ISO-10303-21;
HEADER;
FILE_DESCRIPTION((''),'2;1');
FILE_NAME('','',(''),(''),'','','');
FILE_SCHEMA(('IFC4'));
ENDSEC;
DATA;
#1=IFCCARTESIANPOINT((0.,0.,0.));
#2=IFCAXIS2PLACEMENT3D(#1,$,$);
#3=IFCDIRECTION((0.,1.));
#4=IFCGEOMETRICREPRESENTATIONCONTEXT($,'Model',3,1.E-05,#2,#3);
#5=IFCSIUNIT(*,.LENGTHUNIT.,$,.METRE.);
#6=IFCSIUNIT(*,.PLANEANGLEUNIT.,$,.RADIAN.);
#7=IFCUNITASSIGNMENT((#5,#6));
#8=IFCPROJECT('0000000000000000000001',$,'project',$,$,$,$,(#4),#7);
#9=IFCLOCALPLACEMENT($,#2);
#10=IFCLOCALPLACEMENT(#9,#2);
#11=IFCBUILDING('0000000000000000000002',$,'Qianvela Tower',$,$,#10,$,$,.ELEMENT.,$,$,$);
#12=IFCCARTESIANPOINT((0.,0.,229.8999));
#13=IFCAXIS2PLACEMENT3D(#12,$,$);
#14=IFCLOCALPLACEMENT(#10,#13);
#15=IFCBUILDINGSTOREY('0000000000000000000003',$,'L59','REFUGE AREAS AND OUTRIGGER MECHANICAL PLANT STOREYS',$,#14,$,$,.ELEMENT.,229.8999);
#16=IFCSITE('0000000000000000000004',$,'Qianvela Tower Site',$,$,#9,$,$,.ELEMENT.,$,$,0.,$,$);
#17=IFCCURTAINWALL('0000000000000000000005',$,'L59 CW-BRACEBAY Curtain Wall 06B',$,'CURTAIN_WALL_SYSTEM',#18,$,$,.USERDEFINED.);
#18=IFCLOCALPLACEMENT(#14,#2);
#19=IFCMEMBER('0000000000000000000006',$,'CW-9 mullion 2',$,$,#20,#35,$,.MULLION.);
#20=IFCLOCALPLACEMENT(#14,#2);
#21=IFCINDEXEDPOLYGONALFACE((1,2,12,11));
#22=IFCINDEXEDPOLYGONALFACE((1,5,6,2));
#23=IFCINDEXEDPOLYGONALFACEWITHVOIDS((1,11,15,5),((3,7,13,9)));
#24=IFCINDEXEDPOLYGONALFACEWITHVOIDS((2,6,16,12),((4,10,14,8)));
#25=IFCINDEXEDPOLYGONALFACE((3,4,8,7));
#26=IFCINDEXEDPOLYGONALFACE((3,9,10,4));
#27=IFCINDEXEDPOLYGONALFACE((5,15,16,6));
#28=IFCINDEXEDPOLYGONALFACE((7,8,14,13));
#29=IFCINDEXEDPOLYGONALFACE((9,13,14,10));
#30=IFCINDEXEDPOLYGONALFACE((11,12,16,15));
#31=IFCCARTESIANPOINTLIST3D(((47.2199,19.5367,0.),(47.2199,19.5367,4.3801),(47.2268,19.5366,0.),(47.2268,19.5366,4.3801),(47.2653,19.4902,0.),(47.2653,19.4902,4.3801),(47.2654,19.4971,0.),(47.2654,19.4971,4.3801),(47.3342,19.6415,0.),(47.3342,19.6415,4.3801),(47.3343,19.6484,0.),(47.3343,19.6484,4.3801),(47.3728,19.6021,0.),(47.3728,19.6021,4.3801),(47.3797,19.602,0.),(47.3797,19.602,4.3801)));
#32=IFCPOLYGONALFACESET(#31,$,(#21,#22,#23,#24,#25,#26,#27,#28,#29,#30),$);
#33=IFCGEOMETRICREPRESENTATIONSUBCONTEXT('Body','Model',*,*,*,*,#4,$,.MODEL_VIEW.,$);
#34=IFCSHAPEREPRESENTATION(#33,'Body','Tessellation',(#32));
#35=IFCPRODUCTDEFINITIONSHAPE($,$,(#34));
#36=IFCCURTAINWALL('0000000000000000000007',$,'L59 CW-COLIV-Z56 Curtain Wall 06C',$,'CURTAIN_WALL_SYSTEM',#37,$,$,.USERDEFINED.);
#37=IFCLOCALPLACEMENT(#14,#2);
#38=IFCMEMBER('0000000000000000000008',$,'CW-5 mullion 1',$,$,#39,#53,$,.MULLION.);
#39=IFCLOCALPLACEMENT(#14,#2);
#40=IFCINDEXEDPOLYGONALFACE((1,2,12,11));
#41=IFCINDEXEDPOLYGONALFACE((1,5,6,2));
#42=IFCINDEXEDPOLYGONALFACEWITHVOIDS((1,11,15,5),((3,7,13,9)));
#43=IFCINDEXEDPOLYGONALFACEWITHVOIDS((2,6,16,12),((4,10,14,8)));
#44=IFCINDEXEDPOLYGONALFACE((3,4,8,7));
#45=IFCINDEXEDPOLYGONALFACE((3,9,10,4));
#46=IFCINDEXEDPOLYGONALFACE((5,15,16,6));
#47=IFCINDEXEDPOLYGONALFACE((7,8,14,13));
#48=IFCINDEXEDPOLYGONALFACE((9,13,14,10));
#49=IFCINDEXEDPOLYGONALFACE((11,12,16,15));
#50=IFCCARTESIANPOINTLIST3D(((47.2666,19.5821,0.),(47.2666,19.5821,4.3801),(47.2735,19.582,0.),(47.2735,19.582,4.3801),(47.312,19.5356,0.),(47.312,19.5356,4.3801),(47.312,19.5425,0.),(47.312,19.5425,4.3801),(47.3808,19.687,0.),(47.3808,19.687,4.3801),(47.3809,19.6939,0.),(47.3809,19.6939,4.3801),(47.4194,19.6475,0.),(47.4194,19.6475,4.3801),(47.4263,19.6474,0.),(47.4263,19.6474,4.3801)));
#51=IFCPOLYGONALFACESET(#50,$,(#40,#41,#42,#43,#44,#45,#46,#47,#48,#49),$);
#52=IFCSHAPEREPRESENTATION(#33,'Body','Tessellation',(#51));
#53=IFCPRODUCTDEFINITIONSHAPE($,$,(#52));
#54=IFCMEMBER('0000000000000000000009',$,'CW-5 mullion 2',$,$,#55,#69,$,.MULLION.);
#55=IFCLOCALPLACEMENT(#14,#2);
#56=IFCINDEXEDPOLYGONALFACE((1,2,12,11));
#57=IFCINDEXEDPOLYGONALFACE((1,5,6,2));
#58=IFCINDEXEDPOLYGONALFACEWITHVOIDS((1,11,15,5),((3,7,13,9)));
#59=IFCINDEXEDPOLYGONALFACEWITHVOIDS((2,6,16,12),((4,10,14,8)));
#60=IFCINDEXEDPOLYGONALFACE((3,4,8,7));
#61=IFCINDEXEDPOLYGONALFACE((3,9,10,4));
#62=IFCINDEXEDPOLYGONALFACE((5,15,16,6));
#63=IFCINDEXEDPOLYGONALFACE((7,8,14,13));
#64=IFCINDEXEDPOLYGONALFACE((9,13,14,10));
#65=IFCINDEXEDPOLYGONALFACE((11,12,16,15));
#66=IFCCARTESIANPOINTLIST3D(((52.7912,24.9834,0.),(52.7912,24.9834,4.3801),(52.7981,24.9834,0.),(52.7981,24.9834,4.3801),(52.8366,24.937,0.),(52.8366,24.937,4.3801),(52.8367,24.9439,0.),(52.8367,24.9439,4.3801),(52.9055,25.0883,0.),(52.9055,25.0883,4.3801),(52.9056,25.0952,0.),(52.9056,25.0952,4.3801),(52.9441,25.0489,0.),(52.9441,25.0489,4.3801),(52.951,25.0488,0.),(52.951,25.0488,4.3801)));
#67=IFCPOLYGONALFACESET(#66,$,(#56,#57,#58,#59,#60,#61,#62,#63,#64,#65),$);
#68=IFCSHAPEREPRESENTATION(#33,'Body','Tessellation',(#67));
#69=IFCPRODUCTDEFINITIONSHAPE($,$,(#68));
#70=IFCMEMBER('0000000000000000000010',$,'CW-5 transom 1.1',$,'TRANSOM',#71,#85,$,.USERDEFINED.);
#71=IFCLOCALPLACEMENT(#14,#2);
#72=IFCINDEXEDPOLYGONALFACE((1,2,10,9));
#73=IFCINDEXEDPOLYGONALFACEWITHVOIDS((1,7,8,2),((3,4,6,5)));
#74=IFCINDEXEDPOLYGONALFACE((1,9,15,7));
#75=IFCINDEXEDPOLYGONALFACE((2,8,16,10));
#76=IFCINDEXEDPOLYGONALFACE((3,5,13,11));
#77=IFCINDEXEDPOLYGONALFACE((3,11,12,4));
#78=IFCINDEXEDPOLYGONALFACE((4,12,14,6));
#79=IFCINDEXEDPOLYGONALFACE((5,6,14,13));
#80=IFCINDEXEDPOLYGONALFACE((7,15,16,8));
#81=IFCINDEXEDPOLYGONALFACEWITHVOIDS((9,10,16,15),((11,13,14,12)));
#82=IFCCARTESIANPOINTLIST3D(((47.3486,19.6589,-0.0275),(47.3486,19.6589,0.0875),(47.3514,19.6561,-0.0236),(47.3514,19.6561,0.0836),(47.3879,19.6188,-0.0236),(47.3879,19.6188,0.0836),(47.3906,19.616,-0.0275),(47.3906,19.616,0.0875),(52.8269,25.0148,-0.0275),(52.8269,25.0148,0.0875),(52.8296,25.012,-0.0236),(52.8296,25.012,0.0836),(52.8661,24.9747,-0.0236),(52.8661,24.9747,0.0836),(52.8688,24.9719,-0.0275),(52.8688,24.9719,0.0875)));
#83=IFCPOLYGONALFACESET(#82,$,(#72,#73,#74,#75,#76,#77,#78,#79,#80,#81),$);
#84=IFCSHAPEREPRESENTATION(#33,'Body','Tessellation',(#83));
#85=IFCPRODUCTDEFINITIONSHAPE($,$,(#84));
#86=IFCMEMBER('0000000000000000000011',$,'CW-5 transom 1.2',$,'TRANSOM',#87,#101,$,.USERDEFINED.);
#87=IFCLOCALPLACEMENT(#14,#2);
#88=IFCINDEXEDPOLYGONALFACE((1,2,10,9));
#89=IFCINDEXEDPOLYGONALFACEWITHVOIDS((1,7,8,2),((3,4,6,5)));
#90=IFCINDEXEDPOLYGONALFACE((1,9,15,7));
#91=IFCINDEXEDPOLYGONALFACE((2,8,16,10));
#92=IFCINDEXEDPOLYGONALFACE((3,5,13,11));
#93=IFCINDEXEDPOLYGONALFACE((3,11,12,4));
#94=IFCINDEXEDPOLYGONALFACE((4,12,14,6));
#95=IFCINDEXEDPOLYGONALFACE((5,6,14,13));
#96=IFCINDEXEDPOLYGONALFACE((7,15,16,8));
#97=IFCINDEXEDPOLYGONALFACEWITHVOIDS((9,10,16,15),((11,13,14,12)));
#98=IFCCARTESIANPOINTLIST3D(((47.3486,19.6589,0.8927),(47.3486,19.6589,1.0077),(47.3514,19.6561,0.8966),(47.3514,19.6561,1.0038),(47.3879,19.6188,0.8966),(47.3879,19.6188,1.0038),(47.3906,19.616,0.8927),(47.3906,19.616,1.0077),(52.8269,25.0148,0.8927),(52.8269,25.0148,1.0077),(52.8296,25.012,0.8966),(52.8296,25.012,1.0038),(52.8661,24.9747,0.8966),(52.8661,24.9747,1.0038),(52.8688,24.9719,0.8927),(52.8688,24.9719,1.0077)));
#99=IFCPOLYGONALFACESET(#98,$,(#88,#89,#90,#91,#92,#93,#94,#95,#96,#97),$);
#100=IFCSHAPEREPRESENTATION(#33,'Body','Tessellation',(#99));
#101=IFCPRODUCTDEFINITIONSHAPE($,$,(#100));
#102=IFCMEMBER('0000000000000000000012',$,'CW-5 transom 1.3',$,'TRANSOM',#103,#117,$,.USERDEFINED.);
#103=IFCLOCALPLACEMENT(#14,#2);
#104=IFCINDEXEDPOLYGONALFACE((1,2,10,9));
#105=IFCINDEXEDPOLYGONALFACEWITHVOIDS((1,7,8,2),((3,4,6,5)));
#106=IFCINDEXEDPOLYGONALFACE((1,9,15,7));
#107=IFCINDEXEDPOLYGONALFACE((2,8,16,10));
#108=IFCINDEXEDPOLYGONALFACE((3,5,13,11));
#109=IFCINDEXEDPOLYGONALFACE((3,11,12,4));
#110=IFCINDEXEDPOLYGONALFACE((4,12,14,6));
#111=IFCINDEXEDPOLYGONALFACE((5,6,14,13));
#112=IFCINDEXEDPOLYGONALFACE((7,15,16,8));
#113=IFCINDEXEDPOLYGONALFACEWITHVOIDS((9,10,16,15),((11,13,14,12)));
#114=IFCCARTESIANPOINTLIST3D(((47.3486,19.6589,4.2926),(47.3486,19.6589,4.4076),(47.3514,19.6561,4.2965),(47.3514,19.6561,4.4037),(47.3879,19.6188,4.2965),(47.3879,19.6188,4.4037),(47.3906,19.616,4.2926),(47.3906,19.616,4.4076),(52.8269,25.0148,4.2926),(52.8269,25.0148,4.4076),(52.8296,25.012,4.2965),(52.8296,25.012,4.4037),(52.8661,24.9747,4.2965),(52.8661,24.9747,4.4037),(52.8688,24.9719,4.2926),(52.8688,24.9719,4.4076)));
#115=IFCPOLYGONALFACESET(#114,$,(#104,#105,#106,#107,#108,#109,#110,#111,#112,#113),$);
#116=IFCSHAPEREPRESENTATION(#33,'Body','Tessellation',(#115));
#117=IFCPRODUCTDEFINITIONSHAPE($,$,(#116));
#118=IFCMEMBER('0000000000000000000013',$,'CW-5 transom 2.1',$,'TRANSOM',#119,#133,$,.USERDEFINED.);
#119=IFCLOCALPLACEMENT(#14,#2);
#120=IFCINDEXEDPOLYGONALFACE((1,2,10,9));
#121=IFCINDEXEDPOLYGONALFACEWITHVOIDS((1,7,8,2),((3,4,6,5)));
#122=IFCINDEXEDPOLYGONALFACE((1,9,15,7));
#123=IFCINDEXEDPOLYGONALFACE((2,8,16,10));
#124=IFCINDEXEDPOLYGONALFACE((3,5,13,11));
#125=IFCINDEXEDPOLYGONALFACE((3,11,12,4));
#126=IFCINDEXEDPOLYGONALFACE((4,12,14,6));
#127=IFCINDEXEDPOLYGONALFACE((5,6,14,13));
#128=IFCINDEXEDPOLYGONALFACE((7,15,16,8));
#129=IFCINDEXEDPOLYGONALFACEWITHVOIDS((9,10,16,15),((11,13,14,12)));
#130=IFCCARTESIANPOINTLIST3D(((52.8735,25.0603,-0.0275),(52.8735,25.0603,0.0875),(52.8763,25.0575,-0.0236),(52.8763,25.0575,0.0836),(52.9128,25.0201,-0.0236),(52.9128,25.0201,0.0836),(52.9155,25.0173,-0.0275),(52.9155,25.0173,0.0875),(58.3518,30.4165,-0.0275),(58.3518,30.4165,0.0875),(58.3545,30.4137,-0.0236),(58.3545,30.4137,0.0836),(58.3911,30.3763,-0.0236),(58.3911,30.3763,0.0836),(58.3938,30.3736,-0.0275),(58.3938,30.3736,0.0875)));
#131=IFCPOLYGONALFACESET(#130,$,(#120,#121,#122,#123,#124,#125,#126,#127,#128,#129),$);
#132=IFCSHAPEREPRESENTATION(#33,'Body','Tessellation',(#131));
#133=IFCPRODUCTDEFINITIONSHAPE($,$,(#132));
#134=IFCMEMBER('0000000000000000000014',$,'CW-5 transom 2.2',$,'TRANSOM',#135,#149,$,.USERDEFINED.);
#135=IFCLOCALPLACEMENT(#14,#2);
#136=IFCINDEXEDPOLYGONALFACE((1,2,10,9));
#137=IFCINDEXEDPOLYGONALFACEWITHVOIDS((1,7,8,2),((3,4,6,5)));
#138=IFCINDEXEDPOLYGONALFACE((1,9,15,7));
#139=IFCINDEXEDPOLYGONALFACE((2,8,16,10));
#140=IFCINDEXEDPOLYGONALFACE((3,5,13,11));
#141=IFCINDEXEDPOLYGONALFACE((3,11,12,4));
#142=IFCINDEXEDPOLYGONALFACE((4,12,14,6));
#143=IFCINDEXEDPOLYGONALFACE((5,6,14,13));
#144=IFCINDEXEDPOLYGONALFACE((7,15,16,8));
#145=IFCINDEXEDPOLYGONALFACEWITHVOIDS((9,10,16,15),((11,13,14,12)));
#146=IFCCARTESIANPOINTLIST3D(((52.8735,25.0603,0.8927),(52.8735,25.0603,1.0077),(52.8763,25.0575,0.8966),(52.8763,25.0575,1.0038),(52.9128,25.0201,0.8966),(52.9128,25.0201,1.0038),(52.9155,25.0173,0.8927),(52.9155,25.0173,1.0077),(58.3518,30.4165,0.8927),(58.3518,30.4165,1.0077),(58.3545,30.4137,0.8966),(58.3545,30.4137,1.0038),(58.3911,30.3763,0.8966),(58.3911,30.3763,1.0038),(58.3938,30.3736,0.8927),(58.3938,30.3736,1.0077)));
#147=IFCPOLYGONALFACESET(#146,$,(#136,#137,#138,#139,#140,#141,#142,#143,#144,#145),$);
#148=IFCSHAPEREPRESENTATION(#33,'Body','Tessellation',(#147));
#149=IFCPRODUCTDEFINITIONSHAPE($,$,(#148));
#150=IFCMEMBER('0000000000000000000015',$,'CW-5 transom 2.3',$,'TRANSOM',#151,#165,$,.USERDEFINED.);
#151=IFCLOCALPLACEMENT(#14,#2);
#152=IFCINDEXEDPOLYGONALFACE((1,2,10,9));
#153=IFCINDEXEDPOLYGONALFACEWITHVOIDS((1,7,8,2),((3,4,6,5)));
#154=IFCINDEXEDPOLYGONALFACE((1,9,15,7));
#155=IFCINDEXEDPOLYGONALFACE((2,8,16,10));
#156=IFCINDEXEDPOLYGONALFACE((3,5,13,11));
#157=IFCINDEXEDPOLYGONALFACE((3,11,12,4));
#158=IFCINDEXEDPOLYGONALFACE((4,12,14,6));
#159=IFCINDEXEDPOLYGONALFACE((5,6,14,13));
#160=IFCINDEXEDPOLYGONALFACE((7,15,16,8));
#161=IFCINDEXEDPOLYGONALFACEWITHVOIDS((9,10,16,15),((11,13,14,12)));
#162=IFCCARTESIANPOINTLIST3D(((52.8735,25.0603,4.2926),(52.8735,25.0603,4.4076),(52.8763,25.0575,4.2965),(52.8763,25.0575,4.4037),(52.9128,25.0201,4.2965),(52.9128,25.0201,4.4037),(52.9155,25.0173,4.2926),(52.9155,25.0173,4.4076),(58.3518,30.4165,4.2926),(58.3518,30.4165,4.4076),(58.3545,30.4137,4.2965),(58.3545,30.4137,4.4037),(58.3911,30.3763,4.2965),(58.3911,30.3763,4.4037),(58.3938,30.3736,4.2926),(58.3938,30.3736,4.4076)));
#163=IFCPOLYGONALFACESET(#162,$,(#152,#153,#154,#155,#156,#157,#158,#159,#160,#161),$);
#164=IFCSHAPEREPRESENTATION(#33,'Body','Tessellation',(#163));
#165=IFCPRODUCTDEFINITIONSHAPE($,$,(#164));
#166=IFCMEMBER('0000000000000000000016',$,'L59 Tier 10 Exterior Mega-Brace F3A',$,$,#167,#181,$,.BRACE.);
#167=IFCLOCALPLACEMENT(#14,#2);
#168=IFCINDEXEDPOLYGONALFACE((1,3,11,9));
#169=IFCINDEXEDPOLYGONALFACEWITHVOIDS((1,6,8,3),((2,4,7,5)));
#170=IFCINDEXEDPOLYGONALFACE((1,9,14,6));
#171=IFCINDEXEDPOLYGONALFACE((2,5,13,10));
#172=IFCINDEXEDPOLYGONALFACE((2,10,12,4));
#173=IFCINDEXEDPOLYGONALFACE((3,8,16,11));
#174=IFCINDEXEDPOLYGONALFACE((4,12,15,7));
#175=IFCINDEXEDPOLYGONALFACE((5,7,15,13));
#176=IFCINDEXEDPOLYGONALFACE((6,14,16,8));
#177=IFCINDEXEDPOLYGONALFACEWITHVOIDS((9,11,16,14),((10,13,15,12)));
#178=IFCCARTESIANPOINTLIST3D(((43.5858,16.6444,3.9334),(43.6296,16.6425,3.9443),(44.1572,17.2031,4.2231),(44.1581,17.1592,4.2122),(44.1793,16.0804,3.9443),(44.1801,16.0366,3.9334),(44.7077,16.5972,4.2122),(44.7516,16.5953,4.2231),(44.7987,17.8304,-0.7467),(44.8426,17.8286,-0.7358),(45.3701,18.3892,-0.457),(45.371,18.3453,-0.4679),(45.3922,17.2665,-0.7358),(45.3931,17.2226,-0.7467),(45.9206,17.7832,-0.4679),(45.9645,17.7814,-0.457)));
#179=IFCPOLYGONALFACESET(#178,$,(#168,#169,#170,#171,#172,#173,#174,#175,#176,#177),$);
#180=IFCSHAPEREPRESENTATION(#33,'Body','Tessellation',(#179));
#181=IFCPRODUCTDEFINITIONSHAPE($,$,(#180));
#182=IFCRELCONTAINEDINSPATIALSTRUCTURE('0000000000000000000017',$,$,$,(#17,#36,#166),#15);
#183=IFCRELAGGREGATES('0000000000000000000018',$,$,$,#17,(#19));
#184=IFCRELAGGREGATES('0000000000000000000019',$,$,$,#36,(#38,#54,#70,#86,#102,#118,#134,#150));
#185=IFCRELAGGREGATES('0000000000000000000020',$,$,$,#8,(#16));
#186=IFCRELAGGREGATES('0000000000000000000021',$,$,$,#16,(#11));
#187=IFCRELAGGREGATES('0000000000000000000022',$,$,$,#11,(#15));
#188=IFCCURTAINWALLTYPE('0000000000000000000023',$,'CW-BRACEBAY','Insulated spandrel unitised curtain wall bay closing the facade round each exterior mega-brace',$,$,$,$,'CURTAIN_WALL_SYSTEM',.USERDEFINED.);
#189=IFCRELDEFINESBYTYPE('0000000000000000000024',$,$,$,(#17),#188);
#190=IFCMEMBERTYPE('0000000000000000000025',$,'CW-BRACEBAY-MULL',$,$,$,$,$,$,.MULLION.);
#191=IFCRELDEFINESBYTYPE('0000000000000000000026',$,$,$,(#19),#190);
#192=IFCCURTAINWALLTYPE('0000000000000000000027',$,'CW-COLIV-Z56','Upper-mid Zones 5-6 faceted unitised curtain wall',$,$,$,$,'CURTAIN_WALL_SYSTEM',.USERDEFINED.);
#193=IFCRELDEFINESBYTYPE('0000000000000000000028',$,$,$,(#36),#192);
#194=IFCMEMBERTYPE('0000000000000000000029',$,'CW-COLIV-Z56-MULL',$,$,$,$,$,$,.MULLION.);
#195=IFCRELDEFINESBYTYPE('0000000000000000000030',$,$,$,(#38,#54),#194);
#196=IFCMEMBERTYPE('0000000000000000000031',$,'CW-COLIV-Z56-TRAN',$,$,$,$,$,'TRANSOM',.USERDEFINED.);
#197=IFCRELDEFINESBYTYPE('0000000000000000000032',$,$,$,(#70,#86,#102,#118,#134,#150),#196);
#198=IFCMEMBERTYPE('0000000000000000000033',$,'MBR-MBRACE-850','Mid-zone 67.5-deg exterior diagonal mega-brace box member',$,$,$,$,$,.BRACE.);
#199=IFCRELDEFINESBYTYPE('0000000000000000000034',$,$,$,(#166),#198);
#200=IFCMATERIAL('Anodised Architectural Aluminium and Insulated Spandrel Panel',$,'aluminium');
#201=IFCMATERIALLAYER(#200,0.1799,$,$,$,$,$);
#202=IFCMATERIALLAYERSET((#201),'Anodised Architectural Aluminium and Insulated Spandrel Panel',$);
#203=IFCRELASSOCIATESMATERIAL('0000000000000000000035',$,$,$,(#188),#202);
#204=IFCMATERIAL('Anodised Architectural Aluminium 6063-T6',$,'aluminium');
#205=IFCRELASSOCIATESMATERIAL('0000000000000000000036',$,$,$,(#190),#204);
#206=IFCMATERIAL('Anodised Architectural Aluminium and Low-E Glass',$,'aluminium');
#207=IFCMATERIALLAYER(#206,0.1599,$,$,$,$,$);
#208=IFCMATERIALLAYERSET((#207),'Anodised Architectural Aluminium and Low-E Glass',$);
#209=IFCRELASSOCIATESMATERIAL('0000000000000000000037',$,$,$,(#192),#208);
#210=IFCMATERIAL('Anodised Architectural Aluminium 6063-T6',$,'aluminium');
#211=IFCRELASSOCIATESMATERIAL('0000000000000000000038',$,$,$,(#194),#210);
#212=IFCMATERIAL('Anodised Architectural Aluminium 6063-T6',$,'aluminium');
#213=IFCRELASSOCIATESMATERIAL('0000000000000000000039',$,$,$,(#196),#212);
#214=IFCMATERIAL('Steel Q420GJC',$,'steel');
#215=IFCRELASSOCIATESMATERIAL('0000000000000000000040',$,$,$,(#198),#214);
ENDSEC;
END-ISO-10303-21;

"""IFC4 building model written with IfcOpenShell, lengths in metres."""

from ifc_helpers import new_model, si_unit, direction, frame, origin, origin_2d, place, context, subcontext, project, spatial, hollow_rectangle, extrude, material, layer, layer_set, material_profile, profile_set, type_object, element, aggregate, save


model = new_model("IFC4")

# Units and contexts
model_context = context("Model", 3, precision=1e-05, world=origin(), true_north=direction((0.0, 1.0)))
body_context = subcontext(model_context, "Body", "Model", "MODEL_VIEW")
ifc_project = project(units=[si_unit("LENGTHUNIT", "METRE"), si_unit("PLANEANGLEUNIT", "RADIAN")], contexts=[model_context])

# Site, building, storey
site_placement = place(None, origin())
site = spatial("IfcSite", under=ifc_project, at=site_placement, Name="Qianvela Tower Site", CompositionType="ELEMENT", RefElevation=0.0)
building_placement = place(site_placement, origin())
building = spatial("IfcBuilding", under=site, at=building_placement, Name="Qianvela Tower", CompositionType="ELEMENT")
storey_placement = place(building_placement, frame((0.0, 0.0, 229.8999)))
storey = spatial("IfcBuildingStorey", under=building, at=storey_placement, Name="L59", Description="REFUGE AREAS AND OUTRIGGER MECHANICAL PLANT STOREYS", CompositionType="ELEMENT", Elevation=229.8999)

# Curtain wall, member
ifc_material_1 = material(Name="Anodised Architectural Aluminium and Insulated Spandrel Panel", Category="aluminium")
ifc_layer_1 = layer(ifc_material_1, 0.1799)
ifc_layer_set_1 = layer_set([ifc_layer_1], Name="Anodised Architectural Aluminium and Insulated Spandrel Panel")
curtain_wall_type_1 = type_object("IfcCurtainWallType", Name="CW-BRACEBAY", Description="Insulated spandrel unitised curtain wall bay closing the facade round each exterior mega-brace", ElementType="CURTAIN_WALL_SYSTEM", PredefinedType="USERDEFINED", material=ifc_layer_set_1)
curtain_wall_1_placement = place(storey_placement, origin())
curtain_wall_1 = element("IfcCurtainWall", 1, at=curtain_wall_1_placement, inside=storey, type_object=curtain_wall_type_1, Name="L59 CW-BRACEBAY Curtain Wall 06B", ObjectType="CURTAIN_WALL_SYSTEM", PredefinedType="USERDEFINED")
ifc_material_2 = material(Name="Anodised Architectural Aluminium 6063-T6", Category="aluminium")
ifc_material_profile_1 = material_profile(ifc_material_2, hollow_rectangle(XDim=0.0649, YDim=0.1599, WallThickness=0.0049, at=origin_2d()), Name="ALU-MULL-65x160")
ifc_profile_set_1 = profile_set([ifc_material_profile_1], Name="Anodised Architectural Aluminium 6063-T6")
member_type_1 = type_object("IfcMemberType", Name="CW-BRACEBAY-MULL", PredefinedType="MULLION", material=ifc_profile_set_1)
member_1_placement = place(storey_placement, frame((47.2998, 19.5693, 0.0), z_axis=(0.0, 0.0, 1.0), x_axis=(-0.699066, 0.715057, 0.0)))
member_1 = element("IfcMember", 2, at=member_1_placement, type_object=member_type_1, Name="CW-9 mullion 2", PredefinedType="MULLION", context=body_context, shape_type="SweptSolid", body=[
    extrude(hollow_rectangle(XDim=0.0649, YDim=0.1599, WallThickness=0.0049, at=origin_2d()), origin(), (0.0, 0.0, 1.0), 4.3801),
])

# Curtain wall, members
ifc_material_3 = material(Name="Anodised Architectural Aluminium and Low-E Glass", Category="aluminium")
ifc_layer_2 = layer(ifc_material_3, 0.1599)
ifc_layer_set_2 = layer_set([ifc_layer_2], Name="Anodised Architectural Aluminium and Low-E Glass")
curtain_wall_type_2 = type_object("IfcCurtainWallType", Name="CW-COLIV-Z56", Description="Upper-mid Zones 5-6 faceted unitised curtain wall", ElementType="CURTAIN_WALL_SYSTEM", PredefinedType="USERDEFINED", material=ifc_layer_set_2)
curtain_wall_2_placement = place(storey_placement, origin())
curtain_wall_2 = element("IfcCurtainWall", 3, at=curtain_wall_2_placement, inside=storey, type_object=curtain_wall_type_2, Name="L59 CW-COLIV-Z56 Curtain Wall 06C", ObjectType="CURTAIN_WALL_SYSTEM", PredefinedType="USERDEFINED")
ifc_material_4 = material(Name="Anodised Architectural Aluminium 6063-T6", Category="aluminium")
ifc_material_profile_2 = material_profile(ifc_material_4, hollow_rectangle(XDim=0.0649, YDim=0.1599, WallThickness=0.0049, at=origin_2d()), Name="ALU-MULL-65x160")
ifc_profile_set_2 = profile_set([ifc_material_profile_2], Name="Anodised Architectural Aluminium 6063-T6")
member_type_2 = type_object("IfcMemberType", Name="CW-COLIV-Z56-MULL", PredefinedType="MULLION", material=ifc_profile_set_2)
member_2_placement = place(storey_placement, frame((47.3464, 19.6147, 0.0), z_axis=(0.0, 0.0, 1.0), x_axis=(-0.699078, 0.715046, 0.0)))
member_2 = element("IfcMember", 4, at=member_2_placement, type_object=member_type_2, Name="CW-5 mullion 1", PredefinedType="MULLION", context=body_context, shape_type="SweptSolid", body=[
    extrude(hollow_rectangle(XDim=0.0649, YDim=0.1599, WallThickness=0.0049, at=origin_2d()), origin(), (0.0, 0.0, 1.0), 4.3801),
])
member_3_placement = place(storey_placement, frame((52.8711, 25.0161, 0.0), z_axis=(0.0, 0.0, 1.0), x_axis=(-0.699078, 0.715046, 0.0)))
member_3 = element("IfcMember", 5, at=member_3_placement, type_object=member_type_2, Name="CW-5 mullion 2", PredefinedType="MULLION", context=body_context, shape_type="SweptSolid", body=[
    extrude(hollow_rectangle(XDim=0.0649, YDim=0.1599, WallThickness=0.0049, at=origin_2d()), origin(), (0.0, 0.0, 1.0), 4.3801),
])
ifc_material_5 = material(Name="Anodised Architectural Aluminium 6063-T6", Category="aluminium")
ifc_material_profile_3 = material_profile(ifc_material_5, hollow_rectangle(XDim=0.0601, YDim=0.115, WallThickness=0.0039, at=origin_2d()), Name="ALU-TRAN-60x115")
ifc_profile_set_3 = profile_set([ifc_material_profile_3], Name="Anodised Architectural Aluminium 6063-T6")
member_type_3 = type_object("IfcMemberType", Name="CW-COLIV-Z56-TRAN", ElementType="TRANSOM", PredefinedType="USERDEFINED", material=ifc_profile_set_3)
member_4_placement = place(storey_placement, frame((47.3696, 19.6375, 0.03), z_axis=(0.715044, 0.699079, 0.0), x_axis=(-0.699079, 0.715044, 0.0)))
member_4 = element("IfcMember", 6, at=member_4_placement, type_object=member_type_3, Name="CW-5 transom 1.1", ObjectType="TRANSOM", PredefinedType="USERDEFINED", context=body_context, shape_type="SweptSolid", body=[
    extrude(hollow_rectangle(XDim=0.0601, YDim=0.115, WallThickness=0.0039, at=origin_2d()), origin(), (0.0, 0.0, 1.0), 7.6614),
])
member_5_placement = place(storey_placement, frame((47.3696, 19.6375, 0.9502), z_axis=(0.715044, 0.699079, 0.0), x_axis=(-0.699079, 0.715044, 0.0)))
member_5 = element("IfcMember", 7, at=member_5_placement, type_object=member_type_3, Name="CW-5 transom 1.2", ObjectType="TRANSOM", PredefinedType="USERDEFINED", context=body_context, shape_type="SweptSolid", body=[
    extrude(hollow_rectangle(XDim=0.0601, YDim=0.115, WallThickness=0.0039, at=origin_2d()), origin(), (0.0, 0.0, 1.0), 7.6614),
])
member_6_placement = place(storey_placement, frame((47.3696, 19.6375, 4.3501), z_axis=(0.715044, 0.699079, 0.0), x_axis=(-0.699079, 0.715044, 0.0)))
member_6 = element("IfcMember", 8, at=member_6_placement, type_object=member_type_3, Name="CW-5 transom 1.3", ObjectType="TRANSOM", PredefinedType="USERDEFINED", context=body_context, shape_type="SweptSolid", body=[
    extrude(hollow_rectangle(XDim=0.0601, YDim=0.115, WallThickness=0.0039, at=origin_2d()), origin(), (0.0, 0.0, 1.0), 7.6614),
])
member_7_placement = place(storey_placement, frame((52.8945, 25.0388, 0.03), z_axis=(0.715028, 0.699096, 0.0), x_axis=(-0.699096, 0.715028, 0.0)))
member_7 = element("IfcMember", 9, at=member_7_placement, type_object=member_type_3, Name="CW-5 transom 2.1", ObjectType="TRANSOM", PredefinedType="USERDEFINED", context=body_context, shape_type="SweptSolid", body=[
    extrude(hollow_rectangle(XDim=0.0601, YDim=0.115, WallThickness=0.0039, at=origin_2d()), origin(), (0.0, 0.0, 1.0), 7.6616),
])
member_8_placement = place(storey_placement, frame((52.8945, 25.0388, 0.9502), z_axis=(0.715028, 0.699096, 0.0), x_axis=(-0.699096, 0.715028, 0.0)))
member_8 = element("IfcMember", 10, at=member_8_placement, type_object=member_type_3, Name="CW-5 transom 2.2", ObjectType="TRANSOM", PredefinedType="USERDEFINED", context=body_context, shape_type="SweptSolid", body=[
    extrude(hollow_rectangle(XDim=0.0601, YDim=0.115, WallThickness=0.0039, at=origin_2d()), origin(), (0.0, 0.0, 1.0), 7.6616),
])
member_9_placement = place(storey_placement, frame((52.8945, 25.0388, 4.3501), z_axis=(0.715028, 0.699096, 0.0), x_axis=(-0.699096, 0.715028, 0.0)))
member_9 = element("IfcMember", 11, at=member_9_placement, type_object=member_type_3, Name="CW-5 transom 2.3", ObjectType="TRANSOM", PredefinedType="USERDEFINED", context=body_context, shape_type="SweptSolid", body=[
    extrude(hollow_rectangle(XDim=0.0601, YDim=0.115, WallThickness=0.0039, at=origin_2d()), origin(), (0.0, 0.0, 1.0), 7.6616),
])

# Member
ifc_material_6 = material(Name="Steel Q420GJC", Category="steel")
ifc_material_profile_4 = material_profile(ifc_material_6, hollow_rectangle(XDim=0.8501, YDim=0.8501, WallThickness=0.032, at=origin_2d()), Name="MBOX-850x850x32")
ifc_profile_set_4 = profile_set([ifc_material_profile_4], Name="Steel Q420GJC")
member_type_4 = type_object("IfcMemberType", Name="MBR-MBRACE-850", Description="Mid-zone 67.5-deg exterior diagonal mega-brace box member", PredefinedType="BRACE", material=ifc_profile_set_4)
member_10_placement = place(storey_placement, frame((45.3816, 17.8059, -0.6018), z_axis=(-0.243655, -0.23826, 0.940141), x_axis=(0.699147, -0.714978, 0.0)))
element("IfcMember", 12, at=member_10_placement, inside=storey, type_object=member_type_4, Name="L59 Tier 10 Exterior Mega-Brace F3A", PredefinedType="BRACE", context=body_context, shape_type="SweptSolid", body=[
    extrude(hollow_rectangle(XDim=0.8501, YDim=0.8501, WallThickness=0.032, at=origin_2d()), origin(), (0.0, 0.0, 1.0), 4.978),
])

aggregate(curtain_wall_1, [member_1])
aggregate(curtain_wall_2, [member_2, member_3, member_4, member_5, member_6, member_7, member_8, member_9])

save(model, "model.ifc")
